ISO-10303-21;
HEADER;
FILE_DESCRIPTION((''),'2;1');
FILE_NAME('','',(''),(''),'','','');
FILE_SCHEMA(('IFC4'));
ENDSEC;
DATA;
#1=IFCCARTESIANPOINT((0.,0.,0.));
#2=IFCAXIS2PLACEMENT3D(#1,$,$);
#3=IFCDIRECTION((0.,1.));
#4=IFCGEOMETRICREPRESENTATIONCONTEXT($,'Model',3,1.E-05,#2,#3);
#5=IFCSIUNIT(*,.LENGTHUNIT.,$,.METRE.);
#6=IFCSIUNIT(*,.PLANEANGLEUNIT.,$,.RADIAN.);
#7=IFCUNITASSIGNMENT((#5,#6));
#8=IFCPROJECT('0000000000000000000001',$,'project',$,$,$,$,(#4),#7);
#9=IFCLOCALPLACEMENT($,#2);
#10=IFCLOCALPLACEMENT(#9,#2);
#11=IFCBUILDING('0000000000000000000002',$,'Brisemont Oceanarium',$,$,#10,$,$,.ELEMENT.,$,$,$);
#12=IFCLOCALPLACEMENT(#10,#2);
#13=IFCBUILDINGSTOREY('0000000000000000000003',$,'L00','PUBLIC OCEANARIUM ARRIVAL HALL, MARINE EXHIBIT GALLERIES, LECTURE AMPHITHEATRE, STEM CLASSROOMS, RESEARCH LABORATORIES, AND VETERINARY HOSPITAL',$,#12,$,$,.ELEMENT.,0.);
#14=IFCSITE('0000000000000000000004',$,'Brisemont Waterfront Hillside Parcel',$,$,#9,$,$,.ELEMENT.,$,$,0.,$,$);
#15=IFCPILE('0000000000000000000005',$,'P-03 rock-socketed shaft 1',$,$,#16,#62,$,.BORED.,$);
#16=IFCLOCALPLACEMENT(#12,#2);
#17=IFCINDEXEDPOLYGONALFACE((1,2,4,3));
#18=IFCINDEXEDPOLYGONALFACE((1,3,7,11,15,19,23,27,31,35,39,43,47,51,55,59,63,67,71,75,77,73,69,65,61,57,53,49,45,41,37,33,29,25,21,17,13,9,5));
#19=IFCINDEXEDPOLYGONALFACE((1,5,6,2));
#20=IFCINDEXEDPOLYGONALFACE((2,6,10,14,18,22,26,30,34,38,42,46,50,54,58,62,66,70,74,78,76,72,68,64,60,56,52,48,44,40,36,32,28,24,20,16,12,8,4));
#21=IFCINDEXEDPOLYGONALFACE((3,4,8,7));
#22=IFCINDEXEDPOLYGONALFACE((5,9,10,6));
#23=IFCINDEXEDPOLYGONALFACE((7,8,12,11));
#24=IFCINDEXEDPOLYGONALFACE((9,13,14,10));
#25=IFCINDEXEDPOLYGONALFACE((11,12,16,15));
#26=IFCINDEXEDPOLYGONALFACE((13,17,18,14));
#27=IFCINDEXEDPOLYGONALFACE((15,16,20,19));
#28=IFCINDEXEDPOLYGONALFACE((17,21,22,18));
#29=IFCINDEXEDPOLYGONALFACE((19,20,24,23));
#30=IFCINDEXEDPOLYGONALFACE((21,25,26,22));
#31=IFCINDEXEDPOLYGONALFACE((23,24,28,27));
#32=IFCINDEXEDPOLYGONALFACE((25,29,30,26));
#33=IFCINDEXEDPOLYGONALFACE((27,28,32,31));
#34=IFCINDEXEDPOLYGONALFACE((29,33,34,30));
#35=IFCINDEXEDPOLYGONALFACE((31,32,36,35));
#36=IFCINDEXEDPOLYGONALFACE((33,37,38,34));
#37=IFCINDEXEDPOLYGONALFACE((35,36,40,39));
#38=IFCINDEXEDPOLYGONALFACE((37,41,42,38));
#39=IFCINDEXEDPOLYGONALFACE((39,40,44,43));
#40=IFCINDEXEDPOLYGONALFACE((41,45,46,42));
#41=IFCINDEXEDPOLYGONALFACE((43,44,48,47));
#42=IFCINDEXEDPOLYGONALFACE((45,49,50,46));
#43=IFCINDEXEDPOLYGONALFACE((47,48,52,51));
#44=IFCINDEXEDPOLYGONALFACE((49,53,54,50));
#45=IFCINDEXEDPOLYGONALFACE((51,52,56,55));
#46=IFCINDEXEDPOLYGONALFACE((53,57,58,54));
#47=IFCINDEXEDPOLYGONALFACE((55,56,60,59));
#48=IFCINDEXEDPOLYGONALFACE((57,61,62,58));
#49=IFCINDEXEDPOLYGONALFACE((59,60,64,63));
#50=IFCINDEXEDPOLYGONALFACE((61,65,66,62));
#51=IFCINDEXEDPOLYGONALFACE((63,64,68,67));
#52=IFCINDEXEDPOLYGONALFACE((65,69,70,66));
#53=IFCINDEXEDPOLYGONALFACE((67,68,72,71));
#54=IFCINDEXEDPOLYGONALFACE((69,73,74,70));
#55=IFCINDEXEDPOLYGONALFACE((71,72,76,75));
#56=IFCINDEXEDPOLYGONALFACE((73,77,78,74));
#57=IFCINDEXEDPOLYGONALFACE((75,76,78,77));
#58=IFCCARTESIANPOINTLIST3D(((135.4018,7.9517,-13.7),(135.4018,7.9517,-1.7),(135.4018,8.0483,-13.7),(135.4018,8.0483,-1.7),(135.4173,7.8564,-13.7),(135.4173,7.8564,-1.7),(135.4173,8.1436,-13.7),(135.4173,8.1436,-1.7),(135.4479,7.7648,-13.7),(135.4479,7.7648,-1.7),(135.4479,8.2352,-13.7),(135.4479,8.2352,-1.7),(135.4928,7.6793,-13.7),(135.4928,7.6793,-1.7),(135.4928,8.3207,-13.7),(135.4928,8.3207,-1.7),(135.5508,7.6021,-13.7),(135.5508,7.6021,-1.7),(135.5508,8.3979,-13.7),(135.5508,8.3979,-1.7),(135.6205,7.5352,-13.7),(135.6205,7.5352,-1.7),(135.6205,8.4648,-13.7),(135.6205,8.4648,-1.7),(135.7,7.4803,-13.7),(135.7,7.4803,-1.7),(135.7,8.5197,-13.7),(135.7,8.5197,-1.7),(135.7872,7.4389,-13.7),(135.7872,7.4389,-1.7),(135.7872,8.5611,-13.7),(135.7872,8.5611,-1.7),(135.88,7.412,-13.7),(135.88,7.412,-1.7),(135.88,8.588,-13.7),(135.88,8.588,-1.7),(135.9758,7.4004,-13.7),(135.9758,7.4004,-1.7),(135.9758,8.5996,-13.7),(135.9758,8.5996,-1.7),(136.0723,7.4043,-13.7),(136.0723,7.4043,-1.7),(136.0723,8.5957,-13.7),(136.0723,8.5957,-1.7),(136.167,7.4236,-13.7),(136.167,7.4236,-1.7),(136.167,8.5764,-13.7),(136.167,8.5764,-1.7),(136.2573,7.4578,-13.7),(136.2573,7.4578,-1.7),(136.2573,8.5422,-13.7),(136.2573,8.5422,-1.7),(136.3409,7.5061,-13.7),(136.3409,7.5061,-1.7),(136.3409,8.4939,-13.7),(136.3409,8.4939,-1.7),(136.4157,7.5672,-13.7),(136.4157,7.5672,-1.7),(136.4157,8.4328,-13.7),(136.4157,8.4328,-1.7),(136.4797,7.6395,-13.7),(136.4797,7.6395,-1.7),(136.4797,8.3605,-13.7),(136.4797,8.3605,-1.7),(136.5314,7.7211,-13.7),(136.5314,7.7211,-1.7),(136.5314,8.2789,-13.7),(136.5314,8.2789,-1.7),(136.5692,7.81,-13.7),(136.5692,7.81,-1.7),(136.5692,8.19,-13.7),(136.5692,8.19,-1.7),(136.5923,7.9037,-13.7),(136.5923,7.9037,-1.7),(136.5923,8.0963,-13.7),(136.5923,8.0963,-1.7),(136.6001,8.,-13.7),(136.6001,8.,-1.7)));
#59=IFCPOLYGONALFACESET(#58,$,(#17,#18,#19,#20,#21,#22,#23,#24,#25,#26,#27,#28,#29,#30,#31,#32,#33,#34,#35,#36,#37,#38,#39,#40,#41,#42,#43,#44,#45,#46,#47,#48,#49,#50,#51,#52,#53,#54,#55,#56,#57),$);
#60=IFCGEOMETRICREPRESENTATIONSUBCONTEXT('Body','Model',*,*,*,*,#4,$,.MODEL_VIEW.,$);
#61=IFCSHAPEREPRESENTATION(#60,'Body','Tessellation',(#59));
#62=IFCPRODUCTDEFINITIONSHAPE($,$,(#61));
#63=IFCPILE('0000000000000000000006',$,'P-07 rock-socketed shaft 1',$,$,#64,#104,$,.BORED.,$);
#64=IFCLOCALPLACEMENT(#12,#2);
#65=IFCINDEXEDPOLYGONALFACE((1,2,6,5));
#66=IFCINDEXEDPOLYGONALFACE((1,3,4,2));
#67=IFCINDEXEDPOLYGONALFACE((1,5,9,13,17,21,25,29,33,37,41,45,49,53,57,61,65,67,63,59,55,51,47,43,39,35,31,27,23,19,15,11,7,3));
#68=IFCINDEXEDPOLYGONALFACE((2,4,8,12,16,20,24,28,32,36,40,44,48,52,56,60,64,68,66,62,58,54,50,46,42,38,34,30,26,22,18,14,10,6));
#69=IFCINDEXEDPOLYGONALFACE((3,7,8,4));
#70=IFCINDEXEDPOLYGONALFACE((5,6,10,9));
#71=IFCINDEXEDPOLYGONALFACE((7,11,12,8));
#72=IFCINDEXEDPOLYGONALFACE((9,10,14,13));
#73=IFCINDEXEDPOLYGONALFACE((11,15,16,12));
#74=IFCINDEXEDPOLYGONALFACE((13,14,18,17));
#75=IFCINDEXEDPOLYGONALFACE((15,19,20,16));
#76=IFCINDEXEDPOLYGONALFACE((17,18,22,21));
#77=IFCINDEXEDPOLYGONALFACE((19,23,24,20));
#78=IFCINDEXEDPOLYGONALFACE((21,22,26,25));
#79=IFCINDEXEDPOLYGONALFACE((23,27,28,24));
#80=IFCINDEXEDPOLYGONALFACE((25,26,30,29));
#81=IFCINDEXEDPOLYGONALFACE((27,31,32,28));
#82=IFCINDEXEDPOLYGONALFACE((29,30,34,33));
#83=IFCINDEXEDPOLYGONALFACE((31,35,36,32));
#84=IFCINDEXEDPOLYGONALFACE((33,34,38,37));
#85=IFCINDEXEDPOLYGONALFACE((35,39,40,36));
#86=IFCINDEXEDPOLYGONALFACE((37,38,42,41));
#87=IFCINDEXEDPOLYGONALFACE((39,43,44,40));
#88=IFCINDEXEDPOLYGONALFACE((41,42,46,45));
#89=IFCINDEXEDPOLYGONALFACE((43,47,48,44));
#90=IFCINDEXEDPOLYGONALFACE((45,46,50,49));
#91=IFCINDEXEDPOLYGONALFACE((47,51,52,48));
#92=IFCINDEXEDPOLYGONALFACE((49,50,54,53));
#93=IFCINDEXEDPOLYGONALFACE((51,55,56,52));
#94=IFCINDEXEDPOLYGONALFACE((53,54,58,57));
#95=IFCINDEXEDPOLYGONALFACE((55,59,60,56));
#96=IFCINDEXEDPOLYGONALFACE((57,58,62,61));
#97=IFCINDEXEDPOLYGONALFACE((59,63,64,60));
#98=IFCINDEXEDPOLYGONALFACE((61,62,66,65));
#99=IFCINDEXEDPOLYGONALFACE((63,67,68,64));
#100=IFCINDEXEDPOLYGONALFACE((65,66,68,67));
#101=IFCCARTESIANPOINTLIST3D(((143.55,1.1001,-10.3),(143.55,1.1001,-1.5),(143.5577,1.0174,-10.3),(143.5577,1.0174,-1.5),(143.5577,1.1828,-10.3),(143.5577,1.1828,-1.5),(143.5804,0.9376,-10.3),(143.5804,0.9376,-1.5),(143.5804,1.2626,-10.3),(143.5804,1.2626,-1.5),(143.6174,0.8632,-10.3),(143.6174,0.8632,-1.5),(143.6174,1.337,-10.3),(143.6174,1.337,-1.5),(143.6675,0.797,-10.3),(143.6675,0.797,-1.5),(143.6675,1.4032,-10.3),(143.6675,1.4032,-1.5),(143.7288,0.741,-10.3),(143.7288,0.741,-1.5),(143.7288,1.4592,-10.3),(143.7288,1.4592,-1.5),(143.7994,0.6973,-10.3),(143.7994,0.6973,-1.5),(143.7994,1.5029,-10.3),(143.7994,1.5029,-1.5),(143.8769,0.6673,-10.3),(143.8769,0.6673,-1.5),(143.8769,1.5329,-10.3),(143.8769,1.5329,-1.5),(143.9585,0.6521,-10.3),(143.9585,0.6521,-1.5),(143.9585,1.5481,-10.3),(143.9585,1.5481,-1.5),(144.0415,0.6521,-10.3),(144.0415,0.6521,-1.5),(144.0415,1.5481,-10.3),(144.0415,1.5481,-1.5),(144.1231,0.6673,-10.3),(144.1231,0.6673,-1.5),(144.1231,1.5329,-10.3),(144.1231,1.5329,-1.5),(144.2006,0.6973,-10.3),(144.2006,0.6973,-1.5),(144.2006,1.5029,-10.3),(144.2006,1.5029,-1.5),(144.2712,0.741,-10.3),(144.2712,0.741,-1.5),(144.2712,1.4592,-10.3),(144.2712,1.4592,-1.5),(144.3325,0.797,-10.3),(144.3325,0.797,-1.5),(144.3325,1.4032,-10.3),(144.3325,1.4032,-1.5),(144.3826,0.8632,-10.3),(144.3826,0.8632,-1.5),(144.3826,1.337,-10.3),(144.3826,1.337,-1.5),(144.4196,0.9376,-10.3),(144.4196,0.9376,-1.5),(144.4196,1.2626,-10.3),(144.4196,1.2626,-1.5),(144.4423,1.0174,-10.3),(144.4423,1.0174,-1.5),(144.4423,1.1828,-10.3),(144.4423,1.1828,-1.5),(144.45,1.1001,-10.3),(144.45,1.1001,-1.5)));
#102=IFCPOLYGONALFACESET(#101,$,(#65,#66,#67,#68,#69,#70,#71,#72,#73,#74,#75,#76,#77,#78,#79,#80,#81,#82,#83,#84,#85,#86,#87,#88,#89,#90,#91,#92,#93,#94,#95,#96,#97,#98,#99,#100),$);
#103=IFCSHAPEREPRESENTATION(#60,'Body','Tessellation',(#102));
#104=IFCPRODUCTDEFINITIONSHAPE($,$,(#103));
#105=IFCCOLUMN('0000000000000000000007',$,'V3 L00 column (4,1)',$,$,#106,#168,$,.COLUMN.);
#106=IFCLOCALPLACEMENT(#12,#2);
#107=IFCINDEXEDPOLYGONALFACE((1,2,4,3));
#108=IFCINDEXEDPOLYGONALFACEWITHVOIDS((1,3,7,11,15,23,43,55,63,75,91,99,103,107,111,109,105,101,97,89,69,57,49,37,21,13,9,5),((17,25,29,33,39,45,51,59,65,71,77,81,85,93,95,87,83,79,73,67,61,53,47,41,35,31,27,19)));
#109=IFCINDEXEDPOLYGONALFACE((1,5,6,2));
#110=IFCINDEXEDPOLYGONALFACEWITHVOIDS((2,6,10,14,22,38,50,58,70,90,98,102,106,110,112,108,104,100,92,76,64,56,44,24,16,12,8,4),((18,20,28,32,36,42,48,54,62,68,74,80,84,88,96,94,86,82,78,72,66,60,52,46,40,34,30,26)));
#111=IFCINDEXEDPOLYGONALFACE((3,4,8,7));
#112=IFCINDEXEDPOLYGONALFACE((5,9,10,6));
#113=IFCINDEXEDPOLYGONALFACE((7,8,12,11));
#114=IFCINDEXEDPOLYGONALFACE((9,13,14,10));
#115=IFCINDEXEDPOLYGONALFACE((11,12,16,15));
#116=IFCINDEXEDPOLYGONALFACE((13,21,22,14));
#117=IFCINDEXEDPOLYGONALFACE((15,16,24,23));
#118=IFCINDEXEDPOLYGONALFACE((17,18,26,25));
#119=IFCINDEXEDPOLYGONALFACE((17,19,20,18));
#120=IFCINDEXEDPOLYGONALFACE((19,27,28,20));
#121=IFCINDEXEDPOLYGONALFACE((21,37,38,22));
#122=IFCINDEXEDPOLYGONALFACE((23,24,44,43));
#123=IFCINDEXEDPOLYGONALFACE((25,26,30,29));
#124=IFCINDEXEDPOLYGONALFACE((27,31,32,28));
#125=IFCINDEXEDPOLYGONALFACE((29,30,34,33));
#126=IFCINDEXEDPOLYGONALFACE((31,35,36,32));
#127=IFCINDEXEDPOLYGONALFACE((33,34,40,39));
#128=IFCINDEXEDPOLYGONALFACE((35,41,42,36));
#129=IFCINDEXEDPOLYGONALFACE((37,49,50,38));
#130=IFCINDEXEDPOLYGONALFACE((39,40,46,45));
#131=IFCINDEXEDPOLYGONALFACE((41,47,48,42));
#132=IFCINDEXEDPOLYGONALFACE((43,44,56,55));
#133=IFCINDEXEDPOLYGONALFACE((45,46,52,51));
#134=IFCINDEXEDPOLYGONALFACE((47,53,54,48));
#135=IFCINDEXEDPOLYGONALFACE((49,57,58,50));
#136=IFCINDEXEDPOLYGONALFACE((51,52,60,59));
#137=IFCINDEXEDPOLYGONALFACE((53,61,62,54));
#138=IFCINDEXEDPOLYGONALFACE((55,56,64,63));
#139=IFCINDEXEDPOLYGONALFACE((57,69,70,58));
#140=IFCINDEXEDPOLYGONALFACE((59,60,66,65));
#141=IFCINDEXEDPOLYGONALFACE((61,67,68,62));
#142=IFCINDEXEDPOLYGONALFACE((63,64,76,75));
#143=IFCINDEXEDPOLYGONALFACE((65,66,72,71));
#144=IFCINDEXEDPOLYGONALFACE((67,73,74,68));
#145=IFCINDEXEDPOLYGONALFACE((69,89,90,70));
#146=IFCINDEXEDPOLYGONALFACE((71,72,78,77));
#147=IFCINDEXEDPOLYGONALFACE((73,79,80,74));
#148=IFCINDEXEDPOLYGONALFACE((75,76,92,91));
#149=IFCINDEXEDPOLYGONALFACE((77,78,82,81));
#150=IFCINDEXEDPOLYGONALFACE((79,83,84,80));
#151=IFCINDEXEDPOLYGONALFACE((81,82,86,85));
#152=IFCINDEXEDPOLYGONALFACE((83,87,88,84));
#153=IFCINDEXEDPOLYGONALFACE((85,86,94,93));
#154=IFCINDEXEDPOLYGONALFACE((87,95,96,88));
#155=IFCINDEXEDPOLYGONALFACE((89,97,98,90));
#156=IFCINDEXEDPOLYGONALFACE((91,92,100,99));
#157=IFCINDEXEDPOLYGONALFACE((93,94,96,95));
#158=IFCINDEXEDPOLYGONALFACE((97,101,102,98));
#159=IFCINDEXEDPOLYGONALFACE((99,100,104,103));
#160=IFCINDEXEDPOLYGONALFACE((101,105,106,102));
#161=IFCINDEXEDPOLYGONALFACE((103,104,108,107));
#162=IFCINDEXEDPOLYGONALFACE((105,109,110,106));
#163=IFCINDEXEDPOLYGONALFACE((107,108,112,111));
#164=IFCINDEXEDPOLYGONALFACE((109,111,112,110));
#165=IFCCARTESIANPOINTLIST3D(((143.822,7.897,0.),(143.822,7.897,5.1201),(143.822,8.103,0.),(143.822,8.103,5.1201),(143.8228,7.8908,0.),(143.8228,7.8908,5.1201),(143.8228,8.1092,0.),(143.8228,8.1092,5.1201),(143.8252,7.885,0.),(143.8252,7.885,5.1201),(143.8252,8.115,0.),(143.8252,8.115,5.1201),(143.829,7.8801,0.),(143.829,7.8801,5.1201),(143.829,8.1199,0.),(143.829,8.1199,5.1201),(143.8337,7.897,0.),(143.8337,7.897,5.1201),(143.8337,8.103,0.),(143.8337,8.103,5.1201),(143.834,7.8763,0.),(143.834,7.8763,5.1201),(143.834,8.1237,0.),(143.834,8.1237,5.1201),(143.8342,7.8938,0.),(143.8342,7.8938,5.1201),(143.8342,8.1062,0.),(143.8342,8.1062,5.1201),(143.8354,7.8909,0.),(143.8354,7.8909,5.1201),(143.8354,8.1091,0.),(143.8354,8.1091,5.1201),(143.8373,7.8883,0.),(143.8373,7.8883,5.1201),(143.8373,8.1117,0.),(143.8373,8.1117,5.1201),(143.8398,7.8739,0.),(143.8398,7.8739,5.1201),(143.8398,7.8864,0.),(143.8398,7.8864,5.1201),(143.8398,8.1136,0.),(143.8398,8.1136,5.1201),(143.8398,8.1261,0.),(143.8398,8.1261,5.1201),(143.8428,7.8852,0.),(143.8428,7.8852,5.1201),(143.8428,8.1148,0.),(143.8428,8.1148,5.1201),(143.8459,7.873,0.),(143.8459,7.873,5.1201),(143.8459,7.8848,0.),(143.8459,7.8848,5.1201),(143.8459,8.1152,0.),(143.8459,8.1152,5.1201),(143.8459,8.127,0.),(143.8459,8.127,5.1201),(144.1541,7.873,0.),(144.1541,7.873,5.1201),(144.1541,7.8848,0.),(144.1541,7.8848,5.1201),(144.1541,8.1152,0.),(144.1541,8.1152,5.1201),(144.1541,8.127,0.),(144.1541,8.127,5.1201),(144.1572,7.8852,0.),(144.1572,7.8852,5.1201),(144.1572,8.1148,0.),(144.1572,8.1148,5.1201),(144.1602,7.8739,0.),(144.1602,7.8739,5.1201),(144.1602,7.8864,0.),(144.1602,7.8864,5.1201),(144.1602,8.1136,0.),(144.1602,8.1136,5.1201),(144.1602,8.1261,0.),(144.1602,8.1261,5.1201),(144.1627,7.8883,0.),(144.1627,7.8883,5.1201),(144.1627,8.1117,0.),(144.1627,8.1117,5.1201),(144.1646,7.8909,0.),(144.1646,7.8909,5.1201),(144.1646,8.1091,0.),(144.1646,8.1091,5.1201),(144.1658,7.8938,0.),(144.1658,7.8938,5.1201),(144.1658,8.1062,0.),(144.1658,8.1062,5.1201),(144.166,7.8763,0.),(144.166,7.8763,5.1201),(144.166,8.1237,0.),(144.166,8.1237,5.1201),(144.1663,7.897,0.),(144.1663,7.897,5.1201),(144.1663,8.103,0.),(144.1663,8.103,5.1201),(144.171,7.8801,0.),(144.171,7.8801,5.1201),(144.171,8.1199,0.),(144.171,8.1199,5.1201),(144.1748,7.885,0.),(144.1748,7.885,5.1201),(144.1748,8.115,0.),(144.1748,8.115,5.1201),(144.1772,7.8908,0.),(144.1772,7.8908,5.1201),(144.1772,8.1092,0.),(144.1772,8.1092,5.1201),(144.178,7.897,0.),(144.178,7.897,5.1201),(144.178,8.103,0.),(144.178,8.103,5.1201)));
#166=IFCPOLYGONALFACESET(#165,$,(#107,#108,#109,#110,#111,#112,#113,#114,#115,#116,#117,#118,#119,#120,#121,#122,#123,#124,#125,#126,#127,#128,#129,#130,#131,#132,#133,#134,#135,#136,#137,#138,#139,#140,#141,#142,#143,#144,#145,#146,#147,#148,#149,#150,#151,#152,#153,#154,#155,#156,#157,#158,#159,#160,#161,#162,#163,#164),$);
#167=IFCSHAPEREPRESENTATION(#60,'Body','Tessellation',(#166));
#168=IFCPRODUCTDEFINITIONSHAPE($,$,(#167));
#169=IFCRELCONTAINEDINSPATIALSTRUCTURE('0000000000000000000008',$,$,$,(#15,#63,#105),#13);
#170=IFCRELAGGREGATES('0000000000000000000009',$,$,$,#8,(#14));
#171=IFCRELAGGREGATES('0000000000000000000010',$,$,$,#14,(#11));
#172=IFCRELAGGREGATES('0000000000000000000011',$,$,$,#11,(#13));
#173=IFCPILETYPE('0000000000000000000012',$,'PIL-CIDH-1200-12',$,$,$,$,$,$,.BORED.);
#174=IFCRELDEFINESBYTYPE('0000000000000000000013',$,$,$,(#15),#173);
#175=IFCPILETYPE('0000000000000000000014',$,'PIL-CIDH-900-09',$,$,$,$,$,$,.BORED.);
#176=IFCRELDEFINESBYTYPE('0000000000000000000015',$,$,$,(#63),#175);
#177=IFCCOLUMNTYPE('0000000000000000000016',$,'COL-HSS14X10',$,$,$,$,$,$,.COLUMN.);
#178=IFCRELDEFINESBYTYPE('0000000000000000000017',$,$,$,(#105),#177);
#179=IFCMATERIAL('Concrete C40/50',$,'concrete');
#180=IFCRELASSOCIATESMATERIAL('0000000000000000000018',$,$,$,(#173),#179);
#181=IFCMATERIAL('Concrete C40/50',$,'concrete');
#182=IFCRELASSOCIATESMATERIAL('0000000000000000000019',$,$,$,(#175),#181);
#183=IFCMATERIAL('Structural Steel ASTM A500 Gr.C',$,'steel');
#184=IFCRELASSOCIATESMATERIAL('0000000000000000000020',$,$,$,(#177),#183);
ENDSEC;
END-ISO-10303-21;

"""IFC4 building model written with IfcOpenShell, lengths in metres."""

from ifc_helpers import new_model, si_unit, direction, frame, origin, origin_2d, place, context, subcontext, project, spatial, hollow_rectangle, circle, extrude, material, material_profile, profile_set, type_object, element, save


model = new_model("IFC4")

# Units and contexts
model_context = context("Model", 3, precision=1e-05, world=origin(), true_north=direction((0.0, 1.0)))
body_context = subcontext(model_context, "Body", "Model", "MODEL_VIEW")
ifc_project = project(units=[si_unit("LENGTHUNIT", "METRE"), si_unit("PLANEANGLEUNIT", "RADIAN")], contexts=[model_context])

# Site, building, storey
site_placement = place(None, origin())
site = spatial("IfcSite", under=ifc_project, at=site_placement, Name="Brisemont Waterfront Hillside Parcel", CompositionType="ELEMENT", RefElevation=0.0)
building_placement = place(site_placement, origin())
building = spatial("IfcBuilding", under=site, at=building_placement, Name="Brisemont Oceanarium", CompositionType="ELEMENT")
storey_placement = place(building_placement, origin())
storey = spatial("IfcBuildingStorey", under=building, at=storey_placement, Name="L00", Description="PUBLIC OCEANARIUM ARRIVAL HALL, MARINE EXHIBIT GALLERIES, LECTURE AMPHITHEATRE, STEM CLASSROOMS, RESEARCH LABORATORIES, AND VETERINARY HOSPITAL", CompositionType="ELEMENT", Elevation=0.0)

# Piles
ifc_material_1 = material(Name="Concrete C40/50", Category="concrete")
ifc_material_profile_1 = material_profile(ifc_material_1, circle(Radius=0.6001, at=origin_2d()), Name="CIDH-D1200")
ifc_profile_set_1 = profile_set([ifc_material_profile_1], Name="Concrete C40/50")
pile_type_1 = type_object("IfcPileType", Name="PIL-CIDH-1200-12", PredefinedType="BORED", material=ifc_profile_set_1)
pile_1_placement = place(storey_placement, frame((136.0, 8.0, -1.7), z_axis=(0.0, 0.0, -1.0), x_axis=(1.0, 0.0, 0.0)))
element("IfcPile", 1, at=pile_1_placement, inside=storey, type_object=pile_type_1, Name="P-03 rock-socketed shaft 1", PredefinedType="BORED", context=body_context, shape_type="SweptSolid", body=[
    extrude(circle(Radius=0.6001, at=origin_2d()), origin(), (0.0, 0.0, 1.0), 12.0),
])
ifc_material_2 = material(Name="Concrete C40/50", Category="concrete")
ifc_material_profile_2 = material_profile(ifc_material_2, circle(Radius=0.45, at=origin_2d()), Name="CIDH-D900")
ifc_profile_set_2 = profile_set([ifc_material_profile_2], Name="Concrete C40/50")
pile_type_2 = type_object("IfcPileType", Name="PIL-CIDH-900-09", PredefinedType="BORED", material=ifc_profile_set_2)
pile_2_placement = place(storey_placement, frame((144.0, 1.1001, -1.5), z_axis=(0.0, 0.0, -1.0), x_axis=(1.0, 0.0, 0.0)))
element("IfcPile", 2, at=pile_2_placement, inside=storey, type_object=pile_type_2, Name="P-07 rock-socketed shaft 1", PredefinedType="BORED", context=body_context, shape_type="SweptSolid", body=[
    extrude(circle(Radius=0.45, at=origin_2d()), origin(), (0.0, 0.0, 1.0), 8.8),
])

# Column
ifc_material_3 = material(Name="Structural Steel ASTM A500 Gr.C", Category="steel")
ifc_material_profile_3 = material_profile(ifc_material_3, hollow_rectangle(XDim=0.2539, YDim=0.356, WallThickness=0.0117, InnerFilletRadius=0.0122, OuterFilletRadius=0.0239, at=origin_2d()), Name="HSS14X10X1/2")
ifc_profile_set_3 = profile_set([ifc_material_profile_3], Name="Structural Steel ASTM A500 Gr.C")
column_type_1 = type_object("IfcColumnType", Name="COL-HSS14X10", PredefinedType="COLUMN", material=ifc_profile_set_3)
column_1_placement = place(storey_placement, frame((144.0, 8.0, 0.0), z_axis=(0.0, 0.0, 1.0), x_axis=(0.0, 1.0, 0.0)))
element("IfcColumn", 3, at=column_1_placement, inside=storey, type_object=column_type_1, Name="V3 L00 column (4,1)", PredefinedType="COLUMN", context=body_context, shape_type="SweptSolid", body=[
    extrude(hollow_rectangle(XDim=0.2539, YDim=0.356, WallThickness=0.0117, InnerFilletRadius=0.0122, OuterFilletRadius=0.0239, at=origin_2d()), origin(), (0.0, 0.0, 1.0), 5.1201),
])

save(model, "model.ifc")
